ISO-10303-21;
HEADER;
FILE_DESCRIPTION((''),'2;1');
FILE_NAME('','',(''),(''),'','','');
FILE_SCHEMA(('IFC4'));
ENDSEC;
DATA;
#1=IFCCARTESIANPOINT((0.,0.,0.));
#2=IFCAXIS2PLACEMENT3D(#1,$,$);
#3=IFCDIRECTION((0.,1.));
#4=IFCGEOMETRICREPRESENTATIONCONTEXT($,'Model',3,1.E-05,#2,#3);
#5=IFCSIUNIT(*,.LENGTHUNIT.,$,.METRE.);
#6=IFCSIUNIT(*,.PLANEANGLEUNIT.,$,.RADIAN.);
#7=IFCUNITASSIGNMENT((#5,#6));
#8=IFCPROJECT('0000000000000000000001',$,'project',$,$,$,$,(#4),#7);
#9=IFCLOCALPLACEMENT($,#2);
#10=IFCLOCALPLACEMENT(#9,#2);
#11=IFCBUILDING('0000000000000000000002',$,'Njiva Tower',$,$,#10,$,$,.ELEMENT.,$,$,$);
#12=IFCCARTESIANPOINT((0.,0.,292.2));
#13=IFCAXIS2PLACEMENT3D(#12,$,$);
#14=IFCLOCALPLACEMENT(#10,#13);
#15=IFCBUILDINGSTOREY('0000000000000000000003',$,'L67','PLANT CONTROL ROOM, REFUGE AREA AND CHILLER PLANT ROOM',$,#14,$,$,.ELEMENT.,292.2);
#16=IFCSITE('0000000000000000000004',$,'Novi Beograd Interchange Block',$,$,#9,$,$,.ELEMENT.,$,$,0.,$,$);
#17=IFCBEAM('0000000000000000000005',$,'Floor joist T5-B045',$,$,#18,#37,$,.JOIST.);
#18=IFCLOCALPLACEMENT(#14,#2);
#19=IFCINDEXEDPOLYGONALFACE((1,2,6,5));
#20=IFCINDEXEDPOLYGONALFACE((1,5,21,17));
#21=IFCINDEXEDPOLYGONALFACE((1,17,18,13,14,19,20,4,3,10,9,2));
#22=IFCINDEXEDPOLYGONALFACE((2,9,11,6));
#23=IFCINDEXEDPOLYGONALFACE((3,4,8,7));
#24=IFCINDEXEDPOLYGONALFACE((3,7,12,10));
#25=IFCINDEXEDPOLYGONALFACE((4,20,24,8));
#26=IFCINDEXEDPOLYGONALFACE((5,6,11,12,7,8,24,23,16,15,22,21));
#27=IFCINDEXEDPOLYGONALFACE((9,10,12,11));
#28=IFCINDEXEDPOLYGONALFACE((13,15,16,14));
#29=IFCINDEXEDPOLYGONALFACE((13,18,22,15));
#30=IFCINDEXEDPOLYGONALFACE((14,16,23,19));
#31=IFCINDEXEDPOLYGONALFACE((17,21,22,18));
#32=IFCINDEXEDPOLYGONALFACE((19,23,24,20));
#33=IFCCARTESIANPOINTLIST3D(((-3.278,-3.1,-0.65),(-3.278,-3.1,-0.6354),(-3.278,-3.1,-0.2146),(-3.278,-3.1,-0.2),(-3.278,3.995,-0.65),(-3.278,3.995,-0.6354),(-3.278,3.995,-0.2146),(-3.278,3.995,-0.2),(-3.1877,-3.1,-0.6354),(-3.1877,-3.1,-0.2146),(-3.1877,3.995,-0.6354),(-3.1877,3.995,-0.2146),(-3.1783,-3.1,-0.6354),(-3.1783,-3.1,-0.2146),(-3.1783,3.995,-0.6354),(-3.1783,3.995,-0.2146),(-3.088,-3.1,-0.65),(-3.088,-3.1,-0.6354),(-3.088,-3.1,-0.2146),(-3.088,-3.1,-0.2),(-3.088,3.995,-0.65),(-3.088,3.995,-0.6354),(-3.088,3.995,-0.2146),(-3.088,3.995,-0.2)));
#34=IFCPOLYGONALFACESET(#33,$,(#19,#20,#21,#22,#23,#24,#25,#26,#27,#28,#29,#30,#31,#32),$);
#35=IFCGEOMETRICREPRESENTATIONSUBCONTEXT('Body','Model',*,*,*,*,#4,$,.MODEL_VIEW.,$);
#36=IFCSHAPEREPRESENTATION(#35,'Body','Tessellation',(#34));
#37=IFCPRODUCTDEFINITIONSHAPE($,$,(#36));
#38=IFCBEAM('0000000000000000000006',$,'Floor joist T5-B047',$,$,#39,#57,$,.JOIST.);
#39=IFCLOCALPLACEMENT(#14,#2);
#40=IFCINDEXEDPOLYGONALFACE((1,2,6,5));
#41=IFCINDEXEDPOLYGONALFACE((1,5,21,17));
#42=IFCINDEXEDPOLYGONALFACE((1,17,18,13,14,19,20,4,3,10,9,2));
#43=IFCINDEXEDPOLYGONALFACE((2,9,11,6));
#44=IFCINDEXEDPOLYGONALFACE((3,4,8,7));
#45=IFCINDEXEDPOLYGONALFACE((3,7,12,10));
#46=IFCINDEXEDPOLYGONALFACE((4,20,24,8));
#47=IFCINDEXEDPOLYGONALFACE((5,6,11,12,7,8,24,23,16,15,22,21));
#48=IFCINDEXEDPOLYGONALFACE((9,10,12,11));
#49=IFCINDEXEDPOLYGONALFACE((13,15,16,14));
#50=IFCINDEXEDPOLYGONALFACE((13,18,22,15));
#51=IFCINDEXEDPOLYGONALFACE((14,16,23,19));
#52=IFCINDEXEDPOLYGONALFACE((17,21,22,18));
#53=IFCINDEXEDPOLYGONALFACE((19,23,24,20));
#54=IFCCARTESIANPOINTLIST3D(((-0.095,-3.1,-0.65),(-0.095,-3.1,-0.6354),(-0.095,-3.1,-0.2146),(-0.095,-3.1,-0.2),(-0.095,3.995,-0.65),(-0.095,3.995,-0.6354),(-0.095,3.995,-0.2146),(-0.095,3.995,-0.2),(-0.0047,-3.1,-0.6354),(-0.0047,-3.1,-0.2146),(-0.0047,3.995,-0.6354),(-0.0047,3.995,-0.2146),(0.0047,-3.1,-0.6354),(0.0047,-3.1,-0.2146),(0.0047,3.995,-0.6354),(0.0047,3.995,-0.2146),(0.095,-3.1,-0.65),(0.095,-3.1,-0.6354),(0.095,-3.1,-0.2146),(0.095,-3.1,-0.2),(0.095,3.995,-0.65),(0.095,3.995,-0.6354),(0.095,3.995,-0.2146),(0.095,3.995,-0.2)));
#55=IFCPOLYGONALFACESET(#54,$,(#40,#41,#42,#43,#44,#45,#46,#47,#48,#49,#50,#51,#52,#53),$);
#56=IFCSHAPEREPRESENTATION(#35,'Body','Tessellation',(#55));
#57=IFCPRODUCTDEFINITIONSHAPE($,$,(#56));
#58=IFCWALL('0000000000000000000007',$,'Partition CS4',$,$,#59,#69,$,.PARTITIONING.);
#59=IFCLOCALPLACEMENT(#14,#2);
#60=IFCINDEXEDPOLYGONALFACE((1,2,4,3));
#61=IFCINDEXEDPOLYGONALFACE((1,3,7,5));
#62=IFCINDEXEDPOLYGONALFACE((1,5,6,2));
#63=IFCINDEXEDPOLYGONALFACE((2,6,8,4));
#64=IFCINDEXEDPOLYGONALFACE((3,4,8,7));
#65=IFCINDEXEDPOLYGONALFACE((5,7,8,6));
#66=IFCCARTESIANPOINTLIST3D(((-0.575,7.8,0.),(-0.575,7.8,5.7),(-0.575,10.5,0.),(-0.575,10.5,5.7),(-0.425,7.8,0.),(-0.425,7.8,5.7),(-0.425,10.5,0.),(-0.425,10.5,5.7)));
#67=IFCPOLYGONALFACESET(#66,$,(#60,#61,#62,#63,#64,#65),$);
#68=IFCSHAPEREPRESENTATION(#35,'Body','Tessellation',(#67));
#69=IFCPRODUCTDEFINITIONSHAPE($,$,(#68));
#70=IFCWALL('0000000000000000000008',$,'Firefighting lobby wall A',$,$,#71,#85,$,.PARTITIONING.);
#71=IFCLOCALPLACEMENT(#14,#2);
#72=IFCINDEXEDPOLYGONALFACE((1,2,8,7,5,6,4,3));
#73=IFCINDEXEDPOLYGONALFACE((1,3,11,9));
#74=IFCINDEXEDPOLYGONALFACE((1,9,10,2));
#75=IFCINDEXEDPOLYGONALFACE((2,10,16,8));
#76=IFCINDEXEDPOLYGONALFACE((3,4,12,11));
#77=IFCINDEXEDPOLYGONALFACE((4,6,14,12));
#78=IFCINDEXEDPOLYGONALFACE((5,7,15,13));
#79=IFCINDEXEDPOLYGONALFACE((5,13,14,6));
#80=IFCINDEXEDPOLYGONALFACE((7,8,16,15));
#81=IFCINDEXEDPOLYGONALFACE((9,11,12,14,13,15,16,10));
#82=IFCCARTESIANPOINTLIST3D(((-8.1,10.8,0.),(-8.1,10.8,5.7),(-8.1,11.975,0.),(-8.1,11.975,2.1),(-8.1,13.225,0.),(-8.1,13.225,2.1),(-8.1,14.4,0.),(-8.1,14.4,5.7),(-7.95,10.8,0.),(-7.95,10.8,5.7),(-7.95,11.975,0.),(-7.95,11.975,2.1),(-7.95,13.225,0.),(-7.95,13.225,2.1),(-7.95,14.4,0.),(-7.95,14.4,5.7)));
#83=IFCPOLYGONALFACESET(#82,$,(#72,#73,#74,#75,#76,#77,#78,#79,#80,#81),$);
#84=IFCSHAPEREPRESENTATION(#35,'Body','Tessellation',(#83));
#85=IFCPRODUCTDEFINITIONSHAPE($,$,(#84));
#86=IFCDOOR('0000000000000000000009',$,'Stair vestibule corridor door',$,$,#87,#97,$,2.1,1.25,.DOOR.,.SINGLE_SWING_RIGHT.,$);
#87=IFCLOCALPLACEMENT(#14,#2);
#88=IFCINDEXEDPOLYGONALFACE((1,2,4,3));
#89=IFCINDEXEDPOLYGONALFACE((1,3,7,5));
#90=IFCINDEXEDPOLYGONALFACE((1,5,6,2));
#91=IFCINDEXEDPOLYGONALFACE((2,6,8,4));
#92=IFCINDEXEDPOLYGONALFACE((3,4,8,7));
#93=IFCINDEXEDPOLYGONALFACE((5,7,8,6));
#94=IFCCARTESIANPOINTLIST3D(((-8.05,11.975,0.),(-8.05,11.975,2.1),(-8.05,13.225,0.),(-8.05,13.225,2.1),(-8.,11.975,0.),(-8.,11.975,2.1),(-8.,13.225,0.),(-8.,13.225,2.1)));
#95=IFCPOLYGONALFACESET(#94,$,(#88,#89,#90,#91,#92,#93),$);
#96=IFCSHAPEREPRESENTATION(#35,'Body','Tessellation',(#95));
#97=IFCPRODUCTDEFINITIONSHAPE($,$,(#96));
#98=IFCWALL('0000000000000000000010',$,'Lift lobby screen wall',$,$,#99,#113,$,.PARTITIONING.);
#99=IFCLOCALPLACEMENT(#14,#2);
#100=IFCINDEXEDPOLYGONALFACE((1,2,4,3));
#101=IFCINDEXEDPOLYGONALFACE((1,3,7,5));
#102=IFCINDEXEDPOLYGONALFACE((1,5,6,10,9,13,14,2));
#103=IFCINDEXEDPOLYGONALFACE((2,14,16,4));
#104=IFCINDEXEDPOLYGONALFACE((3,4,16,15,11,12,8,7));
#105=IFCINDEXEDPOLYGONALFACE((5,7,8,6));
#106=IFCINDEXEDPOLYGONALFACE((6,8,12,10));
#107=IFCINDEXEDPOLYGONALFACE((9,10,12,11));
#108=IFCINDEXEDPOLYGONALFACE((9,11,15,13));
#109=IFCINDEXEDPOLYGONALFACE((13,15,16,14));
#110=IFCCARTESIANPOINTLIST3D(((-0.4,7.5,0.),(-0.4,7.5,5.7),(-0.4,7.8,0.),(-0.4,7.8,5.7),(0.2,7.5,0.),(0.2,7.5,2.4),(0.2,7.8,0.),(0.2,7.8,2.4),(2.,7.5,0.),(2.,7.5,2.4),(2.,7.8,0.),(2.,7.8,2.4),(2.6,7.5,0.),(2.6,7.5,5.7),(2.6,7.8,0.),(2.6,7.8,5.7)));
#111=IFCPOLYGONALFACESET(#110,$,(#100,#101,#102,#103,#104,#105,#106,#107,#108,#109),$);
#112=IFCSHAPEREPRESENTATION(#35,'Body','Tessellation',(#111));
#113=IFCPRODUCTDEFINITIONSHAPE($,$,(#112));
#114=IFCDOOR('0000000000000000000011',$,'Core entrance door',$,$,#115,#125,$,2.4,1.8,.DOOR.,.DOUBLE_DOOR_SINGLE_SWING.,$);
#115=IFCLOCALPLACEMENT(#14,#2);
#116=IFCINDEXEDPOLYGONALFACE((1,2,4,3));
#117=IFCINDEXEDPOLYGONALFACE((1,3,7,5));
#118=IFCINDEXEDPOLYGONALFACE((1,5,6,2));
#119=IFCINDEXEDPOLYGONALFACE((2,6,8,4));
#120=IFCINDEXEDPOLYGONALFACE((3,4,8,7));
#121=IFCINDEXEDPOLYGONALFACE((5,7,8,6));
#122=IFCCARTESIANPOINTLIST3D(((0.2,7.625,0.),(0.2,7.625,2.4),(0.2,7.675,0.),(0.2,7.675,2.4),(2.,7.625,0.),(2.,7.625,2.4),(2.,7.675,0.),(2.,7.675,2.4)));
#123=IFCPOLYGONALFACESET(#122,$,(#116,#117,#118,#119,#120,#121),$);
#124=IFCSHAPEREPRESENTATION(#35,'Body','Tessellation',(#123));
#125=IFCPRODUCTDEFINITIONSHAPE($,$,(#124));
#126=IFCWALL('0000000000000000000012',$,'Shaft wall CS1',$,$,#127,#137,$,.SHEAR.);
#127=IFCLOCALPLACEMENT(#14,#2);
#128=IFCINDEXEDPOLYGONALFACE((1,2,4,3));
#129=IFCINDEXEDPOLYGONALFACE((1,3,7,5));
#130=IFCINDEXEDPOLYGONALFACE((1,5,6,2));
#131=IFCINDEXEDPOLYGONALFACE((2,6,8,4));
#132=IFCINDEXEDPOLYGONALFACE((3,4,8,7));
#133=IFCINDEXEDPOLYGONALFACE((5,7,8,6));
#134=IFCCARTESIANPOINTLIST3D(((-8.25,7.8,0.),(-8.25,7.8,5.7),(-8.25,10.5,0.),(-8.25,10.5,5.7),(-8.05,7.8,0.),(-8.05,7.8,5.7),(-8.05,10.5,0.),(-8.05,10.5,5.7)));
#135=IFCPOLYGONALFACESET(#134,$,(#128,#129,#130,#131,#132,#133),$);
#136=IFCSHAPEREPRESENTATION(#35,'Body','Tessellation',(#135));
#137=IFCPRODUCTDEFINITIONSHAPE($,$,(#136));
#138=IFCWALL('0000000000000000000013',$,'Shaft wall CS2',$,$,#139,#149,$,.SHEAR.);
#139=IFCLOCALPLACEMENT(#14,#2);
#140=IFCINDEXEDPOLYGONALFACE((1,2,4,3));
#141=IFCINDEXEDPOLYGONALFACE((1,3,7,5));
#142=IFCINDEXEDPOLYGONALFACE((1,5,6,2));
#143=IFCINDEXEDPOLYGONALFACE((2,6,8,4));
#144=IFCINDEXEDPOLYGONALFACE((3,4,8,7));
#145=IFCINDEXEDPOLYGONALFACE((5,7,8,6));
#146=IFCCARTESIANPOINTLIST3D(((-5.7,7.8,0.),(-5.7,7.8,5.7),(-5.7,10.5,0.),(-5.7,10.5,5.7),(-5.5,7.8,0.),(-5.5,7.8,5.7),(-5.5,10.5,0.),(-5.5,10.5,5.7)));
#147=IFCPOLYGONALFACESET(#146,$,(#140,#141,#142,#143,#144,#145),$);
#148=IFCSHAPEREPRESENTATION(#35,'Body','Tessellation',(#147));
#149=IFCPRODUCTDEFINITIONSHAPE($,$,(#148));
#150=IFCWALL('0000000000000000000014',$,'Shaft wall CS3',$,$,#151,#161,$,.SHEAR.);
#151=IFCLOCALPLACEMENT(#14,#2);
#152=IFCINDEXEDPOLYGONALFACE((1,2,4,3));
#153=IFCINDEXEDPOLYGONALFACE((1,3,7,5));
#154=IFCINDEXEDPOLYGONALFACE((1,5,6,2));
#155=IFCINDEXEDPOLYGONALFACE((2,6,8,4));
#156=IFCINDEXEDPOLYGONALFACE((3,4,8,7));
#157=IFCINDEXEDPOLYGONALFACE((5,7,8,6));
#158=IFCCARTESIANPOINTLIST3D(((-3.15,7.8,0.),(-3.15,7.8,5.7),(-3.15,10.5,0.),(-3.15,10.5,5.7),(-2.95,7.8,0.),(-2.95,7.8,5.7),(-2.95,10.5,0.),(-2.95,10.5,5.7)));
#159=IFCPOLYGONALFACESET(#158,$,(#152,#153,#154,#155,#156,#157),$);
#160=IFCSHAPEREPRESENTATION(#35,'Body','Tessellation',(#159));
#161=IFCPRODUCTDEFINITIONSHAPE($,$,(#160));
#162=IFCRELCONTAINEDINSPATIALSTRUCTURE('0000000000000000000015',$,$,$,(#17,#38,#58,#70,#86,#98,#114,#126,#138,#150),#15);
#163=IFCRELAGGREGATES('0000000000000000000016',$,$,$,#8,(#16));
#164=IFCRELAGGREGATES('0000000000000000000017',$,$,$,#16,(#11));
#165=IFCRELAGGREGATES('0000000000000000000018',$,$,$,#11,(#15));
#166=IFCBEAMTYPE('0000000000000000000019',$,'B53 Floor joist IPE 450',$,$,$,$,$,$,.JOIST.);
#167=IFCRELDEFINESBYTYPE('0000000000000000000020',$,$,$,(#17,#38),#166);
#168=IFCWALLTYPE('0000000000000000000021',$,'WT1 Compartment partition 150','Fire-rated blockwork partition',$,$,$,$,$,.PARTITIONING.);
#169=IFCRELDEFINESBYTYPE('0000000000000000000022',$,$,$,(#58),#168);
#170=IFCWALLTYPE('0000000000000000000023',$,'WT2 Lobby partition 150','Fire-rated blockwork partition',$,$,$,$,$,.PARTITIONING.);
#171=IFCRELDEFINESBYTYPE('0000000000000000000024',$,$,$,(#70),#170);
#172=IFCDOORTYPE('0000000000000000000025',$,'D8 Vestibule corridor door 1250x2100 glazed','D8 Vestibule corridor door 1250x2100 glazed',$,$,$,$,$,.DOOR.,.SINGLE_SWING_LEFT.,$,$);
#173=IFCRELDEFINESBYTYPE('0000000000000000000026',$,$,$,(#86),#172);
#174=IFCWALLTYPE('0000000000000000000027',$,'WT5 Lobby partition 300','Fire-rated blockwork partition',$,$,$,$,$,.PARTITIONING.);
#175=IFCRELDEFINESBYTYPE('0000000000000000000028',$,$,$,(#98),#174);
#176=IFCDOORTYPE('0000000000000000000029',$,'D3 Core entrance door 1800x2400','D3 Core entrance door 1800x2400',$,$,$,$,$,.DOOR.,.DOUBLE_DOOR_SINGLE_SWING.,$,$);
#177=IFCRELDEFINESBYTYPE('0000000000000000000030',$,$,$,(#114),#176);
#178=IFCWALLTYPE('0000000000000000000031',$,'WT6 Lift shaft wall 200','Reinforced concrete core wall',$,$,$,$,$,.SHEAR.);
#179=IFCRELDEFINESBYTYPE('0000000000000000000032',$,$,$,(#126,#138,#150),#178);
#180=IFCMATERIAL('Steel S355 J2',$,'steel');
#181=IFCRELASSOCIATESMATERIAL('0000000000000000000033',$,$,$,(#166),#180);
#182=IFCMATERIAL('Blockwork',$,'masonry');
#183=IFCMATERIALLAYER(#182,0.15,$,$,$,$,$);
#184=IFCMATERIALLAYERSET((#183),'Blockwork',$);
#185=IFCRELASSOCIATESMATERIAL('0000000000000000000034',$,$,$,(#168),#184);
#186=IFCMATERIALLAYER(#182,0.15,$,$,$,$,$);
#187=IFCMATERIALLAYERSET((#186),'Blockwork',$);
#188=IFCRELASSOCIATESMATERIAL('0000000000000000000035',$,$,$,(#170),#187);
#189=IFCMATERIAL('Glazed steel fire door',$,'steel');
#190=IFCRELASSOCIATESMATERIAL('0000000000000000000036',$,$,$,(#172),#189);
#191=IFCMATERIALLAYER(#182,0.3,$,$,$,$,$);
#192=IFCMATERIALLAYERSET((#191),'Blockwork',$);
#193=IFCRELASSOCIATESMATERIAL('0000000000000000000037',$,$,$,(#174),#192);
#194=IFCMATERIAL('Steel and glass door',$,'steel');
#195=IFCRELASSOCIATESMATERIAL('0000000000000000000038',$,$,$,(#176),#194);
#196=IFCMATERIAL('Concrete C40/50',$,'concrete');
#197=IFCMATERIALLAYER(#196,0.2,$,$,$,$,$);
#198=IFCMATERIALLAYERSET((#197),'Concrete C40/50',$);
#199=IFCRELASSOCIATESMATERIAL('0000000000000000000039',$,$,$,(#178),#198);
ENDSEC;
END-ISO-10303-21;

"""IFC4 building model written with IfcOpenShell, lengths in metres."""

from ifc_helpers import new_model, si_unit, direction, frame, frame_2d, origin, origin_2d, place, context, subcontext, project, spatial, rectangle, i_section, extrude, material, layer, layer_set, material_profile, profile_set, type_object, element, fill, save


model = new_model("IFC4")

# Units and contexts
model_context = context("Model", 3, precision=1e-05, world=origin(), true_north=direction((0.0, 1.0)))
body_context = subcontext(model_context, "Body", "Model", "MODEL_VIEW")
ifc_project = project(units=[si_unit("LENGTHUNIT", "METRE"), si_unit("PLANEANGLEUNIT", "RADIAN")], contexts=[model_context])

# Site, building, storey
site_placement = place(None, origin())
site = spatial("IfcSite", under=ifc_project, at=site_placement, Name="Novi Beograd Interchange Block", CompositionType="ELEMENT", RefElevation=0.0)
building_placement = place(site_placement, origin())
building = spatial("IfcBuilding", under=site, at=building_placement, Name="Njiva Tower", CompositionType="ELEMENT")
storey_placement = place(building_placement, frame((0.0, 0.0, 292.2)))
storey = spatial("IfcBuildingStorey", under=building, at=storey_placement, Name="L67", Description="PLANT CONTROL ROOM, REFUGE AREA AND CHILLER PLANT ROOM", CompositionType="ELEMENT", Elevation=292.2)

# Beams
ifc_material_1 = material(Name="Steel S355 J2", Category="steel")
ifc_material_profile = material_profile(ifc_material_1, i_section(OverallWidth=0.19, OverallDepth=0.45, WebThickness=0.0094, FlangeThickness=0.0146, at=origin_2d()), Name="IPE 450")
ifc_profile_set = profile_set([ifc_material_profile], Name="Steel S355 J2")
beam_type = type_object("IfcBeamType", Name="B53 Floor joist IPE 450", PredefinedType="JOIST", material=ifc_profile_set)
for number, where, z_axis, x_axis, name in (
    (1, (-3.183, 3.995, -0.425), (0.0, -1.0, 0.0), (1.0, 0.0, 0.0), "Floor joist T5-B045"),
    (2, (0.0, 3.995, -0.425), (0.0, -1.0, 0.0), (1.0, 0.0, 0.0), "Floor joist T5-B047"),
):
    element("IfcBeam", number, at=place(storey_placement, frame(where, z_axis=z_axis, x_axis=x_axis)), inside=storey, type_object=beam_type, Name=name, PredefinedType="JOIST", context=body_context, shape_type="SweptSolid", body=[
        extrude(i_section(OverallWidth=0.19, OverallDepth=0.45, WebThickness=0.0094, FlangeThickness=0.0146, at=origin_2d()), origin(), (0.0, 0.0, 1.0), 7.095),
    ])

# Wall
ifc_material_2 = material(Name="Blockwork", Category="masonry")
ifc_layer_1 = layer(ifc_material_2, 0.15)
ifc_layer_set_1 = layer_set([ifc_layer_1], Name="Blockwork")
wall_type_1 = type_object("IfcWallType", Name="WT1 Compartment partition 150", Description="Fire-rated blockwork partition", PredefinedType="PARTITIONING", material=ifc_layer_set_1)
wall_1_placement = place(storey_placement, frame((-0.5, 7.8, 0.0), z_axis=(0.0, 0.0, 1.0), x_axis=(0.0, 1.0, 0.0)))
element("IfcWall", 3, at=wall_1_placement, inside=storey, type_object=wall_type_1, Name="Partition CS4", PredefinedType="PARTITIONING", context=body_context, shape_type="SweptSolid", body=[
    extrude(rectangle(XDim=2.7, YDim=0.15, at=frame_2d((1.35, 0.0))), origin(), (0.0, 0.0, 1.0), 5.7),
])

# Walls, openings, doors
ifc_layer_2 = layer(ifc_material_2, 0.15)
ifc_layer_set_2 = layer_set([ifc_layer_2], Name="Blockwork")
wall_type_2 = type_object("IfcWallType", Name="WT2 Lobby partition 150", Description="Fire-rated blockwork partition", PredefinedType="PARTITIONING", material=ifc_layer_set_2)
wall_2_placement = place(storey_placement, frame((-8.025, 10.8, 0.0), z_axis=(0.0, 0.0, 1.0), x_axis=(0.0, 1.0, 0.0)))
wall_2 = element("IfcWall", 4, at=wall_2_placement, inside=storey, type_object=wall_type_2, Name="Firefighting lobby wall A", PredefinedType="PARTITIONING", context=body_context, shape_type="SweptSolid", body=[
    extrude(rectangle(XDim=3.6, YDim=0.15, at=frame_2d((1.8, 0.0))), origin(), (0.0, 0.0, 1.0), 5.7),
])
opening_1_placement = place(wall_2_placement, frame((1.175, 0.0, 0.0)))
opening_1 = element("IfcOpeningElement", 5, at=opening_1_placement, cuts=wall_2, PredefinedType="OPENING", context=body_context, shape_type="SweptSolid", body=[
    extrude(rectangle(XDim=1.25, YDim=2.1, at=frame_2d((0.625, 1.05))), frame((0.0, 0.085, 0.0), z_axis=(0.0, -1.0, 0.0), x_axis=(1.0, 0.0, 0.0)), (0.0, 0.0, 1.0), 0.17),
])
ifc_material_3 = material(Name="Glazed steel fire door", Category="steel")
door_type_1 = type_object("IfcDoorType", Name="D8 Vestibule corridor door 1250x2100 glazed", Description="D8 Vestibule corridor door 1250x2100 glazed", OperationType="SINGLE_SWING_LEFT", PredefinedType="DOOR", material=ifc_material_3)
door_1_placement = place(opening_1_placement, origin())
door_1 = element("IfcDoor", 6, at=door_1_placement, inside=storey, type_object=door_type_1, Name="Stair vestibule corridor door", OperationType="SINGLE_SWING_RIGHT", OverallHeight=2.1, OverallWidth=1.25, PredefinedType="DOOR", context=body_context, shape_type="SweptSolid", body=[
    extrude(rectangle(XDim=1.25, YDim=2.1, at=frame_2d((0.625, 1.05))), frame((0.0, 0.025, 0.0), z_axis=(0.0, -1.0, 0.0), x_axis=(1.0, 0.0, 0.0)), (0.0, 0.0, 1.0), 0.05),
])
fill(opening_1, door_1)
ifc_layer_3 = layer(ifc_material_2, 0.3)
ifc_layer_set_3 = layer_set([ifc_layer_3], Name="Blockwork")
wall_type_3 = type_object("IfcWallType", Name="WT5 Lobby partition 300", Description="Fire-rated blockwork partition", PredefinedType="PARTITIONING", material=ifc_layer_set_3)
wall_3_placement = place(storey_placement, frame((-0.4, 7.65, 0.0), z_axis=(0.0, 0.0, 1.0), x_axis=(1.0, 0.0, 0.0)))
wall_3 = element("IfcWall", 7, at=wall_3_placement, inside=storey, type_object=wall_type_3, Name="Lift lobby screen wall", PredefinedType="PARTITIONING", context=body_context, shape_type="SweptSolid", body=[
    extrude(rectangle(XDim=3.0, YDim=0.3, at=frame_2d((1.5, 0.0))), origin(), (0.0, 0.0, 1.0), 5.7),
])
opening_2_placement = place(wall_3_placement, frame((0.6, 0.0, 0.0)))
opening_2 = element("IfcOpeningElement", 8, at=opening_2_placement, cuts=wall_3, PredefinedType="OPENING", context=body_context, shape_type="SweptSolid", body=[
    extrude(rectangle(XDim=1.8, YDim=2.4, at=frame_2d((0.9, 1.2))), frame((0.0, 0.16, 0.0), z_axis=(0.0, -1.0, 0.0), x_axis=(1.0, 0.0, 0.0)), (0.0, 0.0, 1.0), 0.32),
])
ifc_material_4 = material(Name="Steel and glass door", Category="steel")
door_type_2 = type_object("IfcDoorType", Name="D3 Core entrance door 1800x2400", Description="D3 Core entrance door 1800x2400", OperationType="DOUBLE_DOOR_SINGLE_SWING", PredefinedType="DOOR", material=ifc_material_4)
door_2_placement = place(opening_2_placement, origin())
door_2 = element("IfcDoor", 9, at=door_2_placement, inside=storey, type_object=door_type_2, Name="Core entrance door", OperationType="DOUBLE_DOOR_SINGLE_SWING", OverallHeight=2.4, OverallWidth=1.8, PredefinedType="DOOR", context=body_context, shape_type="SweptSolid", body=[
    extrude(rectangle(XDim=1.8, YDim=2.4, at=frame_2d((0.9, 1.2))), frame((0.0, 0.025, 0.0), z_axis=(0.0, -1.0, 0.0), x_axis=(1.0, 0.0, 0.0)), (0.0, 0.0, 1.0), 0.05),
])
fill(opening_2, door_2)

# Walls
ifc_material_5 = material(Name="Concrete C40/50", Category="concrete")
ifc_layer_4 = layer(ifc_material_5, 0.2)
ifc_layer_set_4 = layer_set([ifc_layer_4], Name="Concrete C40/50")
wall_type_4 = type_object("IfcWallType", Name="WT6 Lift shaft wall 200", Description="Reinforced concrete core wall", PredefinedType="SHEAR", material=ifc_layer_set_4)
for number, where, z_axis, x_axis, name in (
    (10, (-8.15, 7.8, 0.0), (0.0, 0.0, 1.0), (0.0, 1.0, 0.0), "Shaft wall CS1"),
    (11, (-5.6, 7.8, 0.0), (0.0, 0.0, 1.0), (0.0, 1.0, 0.0), "Shaft wall CS2"),
    (12, (-3.05, 7.8, 0.0), (0.0, 0.0, 1.0), (0.0, 1.0, 0.0), "Shaft wall CS3"),
):
    element("IfcWall", number, at=place(storey_placement, frame(where, z_axis=z_axis, x_axis=x_axis)), inside=storey, type_object=wall_type_4, Name=name, PredefinedType="SHEAR", context=body_context, shape_type="SweptSolid", body=[
        extrude(rectangle(XDim=2.7, YDim=0.2, at=frame_2d((1.35, 0.0))), origin(), (0.0, 0.0, 1.0), 5.7),
    ])

save(model, "model.ifc")
